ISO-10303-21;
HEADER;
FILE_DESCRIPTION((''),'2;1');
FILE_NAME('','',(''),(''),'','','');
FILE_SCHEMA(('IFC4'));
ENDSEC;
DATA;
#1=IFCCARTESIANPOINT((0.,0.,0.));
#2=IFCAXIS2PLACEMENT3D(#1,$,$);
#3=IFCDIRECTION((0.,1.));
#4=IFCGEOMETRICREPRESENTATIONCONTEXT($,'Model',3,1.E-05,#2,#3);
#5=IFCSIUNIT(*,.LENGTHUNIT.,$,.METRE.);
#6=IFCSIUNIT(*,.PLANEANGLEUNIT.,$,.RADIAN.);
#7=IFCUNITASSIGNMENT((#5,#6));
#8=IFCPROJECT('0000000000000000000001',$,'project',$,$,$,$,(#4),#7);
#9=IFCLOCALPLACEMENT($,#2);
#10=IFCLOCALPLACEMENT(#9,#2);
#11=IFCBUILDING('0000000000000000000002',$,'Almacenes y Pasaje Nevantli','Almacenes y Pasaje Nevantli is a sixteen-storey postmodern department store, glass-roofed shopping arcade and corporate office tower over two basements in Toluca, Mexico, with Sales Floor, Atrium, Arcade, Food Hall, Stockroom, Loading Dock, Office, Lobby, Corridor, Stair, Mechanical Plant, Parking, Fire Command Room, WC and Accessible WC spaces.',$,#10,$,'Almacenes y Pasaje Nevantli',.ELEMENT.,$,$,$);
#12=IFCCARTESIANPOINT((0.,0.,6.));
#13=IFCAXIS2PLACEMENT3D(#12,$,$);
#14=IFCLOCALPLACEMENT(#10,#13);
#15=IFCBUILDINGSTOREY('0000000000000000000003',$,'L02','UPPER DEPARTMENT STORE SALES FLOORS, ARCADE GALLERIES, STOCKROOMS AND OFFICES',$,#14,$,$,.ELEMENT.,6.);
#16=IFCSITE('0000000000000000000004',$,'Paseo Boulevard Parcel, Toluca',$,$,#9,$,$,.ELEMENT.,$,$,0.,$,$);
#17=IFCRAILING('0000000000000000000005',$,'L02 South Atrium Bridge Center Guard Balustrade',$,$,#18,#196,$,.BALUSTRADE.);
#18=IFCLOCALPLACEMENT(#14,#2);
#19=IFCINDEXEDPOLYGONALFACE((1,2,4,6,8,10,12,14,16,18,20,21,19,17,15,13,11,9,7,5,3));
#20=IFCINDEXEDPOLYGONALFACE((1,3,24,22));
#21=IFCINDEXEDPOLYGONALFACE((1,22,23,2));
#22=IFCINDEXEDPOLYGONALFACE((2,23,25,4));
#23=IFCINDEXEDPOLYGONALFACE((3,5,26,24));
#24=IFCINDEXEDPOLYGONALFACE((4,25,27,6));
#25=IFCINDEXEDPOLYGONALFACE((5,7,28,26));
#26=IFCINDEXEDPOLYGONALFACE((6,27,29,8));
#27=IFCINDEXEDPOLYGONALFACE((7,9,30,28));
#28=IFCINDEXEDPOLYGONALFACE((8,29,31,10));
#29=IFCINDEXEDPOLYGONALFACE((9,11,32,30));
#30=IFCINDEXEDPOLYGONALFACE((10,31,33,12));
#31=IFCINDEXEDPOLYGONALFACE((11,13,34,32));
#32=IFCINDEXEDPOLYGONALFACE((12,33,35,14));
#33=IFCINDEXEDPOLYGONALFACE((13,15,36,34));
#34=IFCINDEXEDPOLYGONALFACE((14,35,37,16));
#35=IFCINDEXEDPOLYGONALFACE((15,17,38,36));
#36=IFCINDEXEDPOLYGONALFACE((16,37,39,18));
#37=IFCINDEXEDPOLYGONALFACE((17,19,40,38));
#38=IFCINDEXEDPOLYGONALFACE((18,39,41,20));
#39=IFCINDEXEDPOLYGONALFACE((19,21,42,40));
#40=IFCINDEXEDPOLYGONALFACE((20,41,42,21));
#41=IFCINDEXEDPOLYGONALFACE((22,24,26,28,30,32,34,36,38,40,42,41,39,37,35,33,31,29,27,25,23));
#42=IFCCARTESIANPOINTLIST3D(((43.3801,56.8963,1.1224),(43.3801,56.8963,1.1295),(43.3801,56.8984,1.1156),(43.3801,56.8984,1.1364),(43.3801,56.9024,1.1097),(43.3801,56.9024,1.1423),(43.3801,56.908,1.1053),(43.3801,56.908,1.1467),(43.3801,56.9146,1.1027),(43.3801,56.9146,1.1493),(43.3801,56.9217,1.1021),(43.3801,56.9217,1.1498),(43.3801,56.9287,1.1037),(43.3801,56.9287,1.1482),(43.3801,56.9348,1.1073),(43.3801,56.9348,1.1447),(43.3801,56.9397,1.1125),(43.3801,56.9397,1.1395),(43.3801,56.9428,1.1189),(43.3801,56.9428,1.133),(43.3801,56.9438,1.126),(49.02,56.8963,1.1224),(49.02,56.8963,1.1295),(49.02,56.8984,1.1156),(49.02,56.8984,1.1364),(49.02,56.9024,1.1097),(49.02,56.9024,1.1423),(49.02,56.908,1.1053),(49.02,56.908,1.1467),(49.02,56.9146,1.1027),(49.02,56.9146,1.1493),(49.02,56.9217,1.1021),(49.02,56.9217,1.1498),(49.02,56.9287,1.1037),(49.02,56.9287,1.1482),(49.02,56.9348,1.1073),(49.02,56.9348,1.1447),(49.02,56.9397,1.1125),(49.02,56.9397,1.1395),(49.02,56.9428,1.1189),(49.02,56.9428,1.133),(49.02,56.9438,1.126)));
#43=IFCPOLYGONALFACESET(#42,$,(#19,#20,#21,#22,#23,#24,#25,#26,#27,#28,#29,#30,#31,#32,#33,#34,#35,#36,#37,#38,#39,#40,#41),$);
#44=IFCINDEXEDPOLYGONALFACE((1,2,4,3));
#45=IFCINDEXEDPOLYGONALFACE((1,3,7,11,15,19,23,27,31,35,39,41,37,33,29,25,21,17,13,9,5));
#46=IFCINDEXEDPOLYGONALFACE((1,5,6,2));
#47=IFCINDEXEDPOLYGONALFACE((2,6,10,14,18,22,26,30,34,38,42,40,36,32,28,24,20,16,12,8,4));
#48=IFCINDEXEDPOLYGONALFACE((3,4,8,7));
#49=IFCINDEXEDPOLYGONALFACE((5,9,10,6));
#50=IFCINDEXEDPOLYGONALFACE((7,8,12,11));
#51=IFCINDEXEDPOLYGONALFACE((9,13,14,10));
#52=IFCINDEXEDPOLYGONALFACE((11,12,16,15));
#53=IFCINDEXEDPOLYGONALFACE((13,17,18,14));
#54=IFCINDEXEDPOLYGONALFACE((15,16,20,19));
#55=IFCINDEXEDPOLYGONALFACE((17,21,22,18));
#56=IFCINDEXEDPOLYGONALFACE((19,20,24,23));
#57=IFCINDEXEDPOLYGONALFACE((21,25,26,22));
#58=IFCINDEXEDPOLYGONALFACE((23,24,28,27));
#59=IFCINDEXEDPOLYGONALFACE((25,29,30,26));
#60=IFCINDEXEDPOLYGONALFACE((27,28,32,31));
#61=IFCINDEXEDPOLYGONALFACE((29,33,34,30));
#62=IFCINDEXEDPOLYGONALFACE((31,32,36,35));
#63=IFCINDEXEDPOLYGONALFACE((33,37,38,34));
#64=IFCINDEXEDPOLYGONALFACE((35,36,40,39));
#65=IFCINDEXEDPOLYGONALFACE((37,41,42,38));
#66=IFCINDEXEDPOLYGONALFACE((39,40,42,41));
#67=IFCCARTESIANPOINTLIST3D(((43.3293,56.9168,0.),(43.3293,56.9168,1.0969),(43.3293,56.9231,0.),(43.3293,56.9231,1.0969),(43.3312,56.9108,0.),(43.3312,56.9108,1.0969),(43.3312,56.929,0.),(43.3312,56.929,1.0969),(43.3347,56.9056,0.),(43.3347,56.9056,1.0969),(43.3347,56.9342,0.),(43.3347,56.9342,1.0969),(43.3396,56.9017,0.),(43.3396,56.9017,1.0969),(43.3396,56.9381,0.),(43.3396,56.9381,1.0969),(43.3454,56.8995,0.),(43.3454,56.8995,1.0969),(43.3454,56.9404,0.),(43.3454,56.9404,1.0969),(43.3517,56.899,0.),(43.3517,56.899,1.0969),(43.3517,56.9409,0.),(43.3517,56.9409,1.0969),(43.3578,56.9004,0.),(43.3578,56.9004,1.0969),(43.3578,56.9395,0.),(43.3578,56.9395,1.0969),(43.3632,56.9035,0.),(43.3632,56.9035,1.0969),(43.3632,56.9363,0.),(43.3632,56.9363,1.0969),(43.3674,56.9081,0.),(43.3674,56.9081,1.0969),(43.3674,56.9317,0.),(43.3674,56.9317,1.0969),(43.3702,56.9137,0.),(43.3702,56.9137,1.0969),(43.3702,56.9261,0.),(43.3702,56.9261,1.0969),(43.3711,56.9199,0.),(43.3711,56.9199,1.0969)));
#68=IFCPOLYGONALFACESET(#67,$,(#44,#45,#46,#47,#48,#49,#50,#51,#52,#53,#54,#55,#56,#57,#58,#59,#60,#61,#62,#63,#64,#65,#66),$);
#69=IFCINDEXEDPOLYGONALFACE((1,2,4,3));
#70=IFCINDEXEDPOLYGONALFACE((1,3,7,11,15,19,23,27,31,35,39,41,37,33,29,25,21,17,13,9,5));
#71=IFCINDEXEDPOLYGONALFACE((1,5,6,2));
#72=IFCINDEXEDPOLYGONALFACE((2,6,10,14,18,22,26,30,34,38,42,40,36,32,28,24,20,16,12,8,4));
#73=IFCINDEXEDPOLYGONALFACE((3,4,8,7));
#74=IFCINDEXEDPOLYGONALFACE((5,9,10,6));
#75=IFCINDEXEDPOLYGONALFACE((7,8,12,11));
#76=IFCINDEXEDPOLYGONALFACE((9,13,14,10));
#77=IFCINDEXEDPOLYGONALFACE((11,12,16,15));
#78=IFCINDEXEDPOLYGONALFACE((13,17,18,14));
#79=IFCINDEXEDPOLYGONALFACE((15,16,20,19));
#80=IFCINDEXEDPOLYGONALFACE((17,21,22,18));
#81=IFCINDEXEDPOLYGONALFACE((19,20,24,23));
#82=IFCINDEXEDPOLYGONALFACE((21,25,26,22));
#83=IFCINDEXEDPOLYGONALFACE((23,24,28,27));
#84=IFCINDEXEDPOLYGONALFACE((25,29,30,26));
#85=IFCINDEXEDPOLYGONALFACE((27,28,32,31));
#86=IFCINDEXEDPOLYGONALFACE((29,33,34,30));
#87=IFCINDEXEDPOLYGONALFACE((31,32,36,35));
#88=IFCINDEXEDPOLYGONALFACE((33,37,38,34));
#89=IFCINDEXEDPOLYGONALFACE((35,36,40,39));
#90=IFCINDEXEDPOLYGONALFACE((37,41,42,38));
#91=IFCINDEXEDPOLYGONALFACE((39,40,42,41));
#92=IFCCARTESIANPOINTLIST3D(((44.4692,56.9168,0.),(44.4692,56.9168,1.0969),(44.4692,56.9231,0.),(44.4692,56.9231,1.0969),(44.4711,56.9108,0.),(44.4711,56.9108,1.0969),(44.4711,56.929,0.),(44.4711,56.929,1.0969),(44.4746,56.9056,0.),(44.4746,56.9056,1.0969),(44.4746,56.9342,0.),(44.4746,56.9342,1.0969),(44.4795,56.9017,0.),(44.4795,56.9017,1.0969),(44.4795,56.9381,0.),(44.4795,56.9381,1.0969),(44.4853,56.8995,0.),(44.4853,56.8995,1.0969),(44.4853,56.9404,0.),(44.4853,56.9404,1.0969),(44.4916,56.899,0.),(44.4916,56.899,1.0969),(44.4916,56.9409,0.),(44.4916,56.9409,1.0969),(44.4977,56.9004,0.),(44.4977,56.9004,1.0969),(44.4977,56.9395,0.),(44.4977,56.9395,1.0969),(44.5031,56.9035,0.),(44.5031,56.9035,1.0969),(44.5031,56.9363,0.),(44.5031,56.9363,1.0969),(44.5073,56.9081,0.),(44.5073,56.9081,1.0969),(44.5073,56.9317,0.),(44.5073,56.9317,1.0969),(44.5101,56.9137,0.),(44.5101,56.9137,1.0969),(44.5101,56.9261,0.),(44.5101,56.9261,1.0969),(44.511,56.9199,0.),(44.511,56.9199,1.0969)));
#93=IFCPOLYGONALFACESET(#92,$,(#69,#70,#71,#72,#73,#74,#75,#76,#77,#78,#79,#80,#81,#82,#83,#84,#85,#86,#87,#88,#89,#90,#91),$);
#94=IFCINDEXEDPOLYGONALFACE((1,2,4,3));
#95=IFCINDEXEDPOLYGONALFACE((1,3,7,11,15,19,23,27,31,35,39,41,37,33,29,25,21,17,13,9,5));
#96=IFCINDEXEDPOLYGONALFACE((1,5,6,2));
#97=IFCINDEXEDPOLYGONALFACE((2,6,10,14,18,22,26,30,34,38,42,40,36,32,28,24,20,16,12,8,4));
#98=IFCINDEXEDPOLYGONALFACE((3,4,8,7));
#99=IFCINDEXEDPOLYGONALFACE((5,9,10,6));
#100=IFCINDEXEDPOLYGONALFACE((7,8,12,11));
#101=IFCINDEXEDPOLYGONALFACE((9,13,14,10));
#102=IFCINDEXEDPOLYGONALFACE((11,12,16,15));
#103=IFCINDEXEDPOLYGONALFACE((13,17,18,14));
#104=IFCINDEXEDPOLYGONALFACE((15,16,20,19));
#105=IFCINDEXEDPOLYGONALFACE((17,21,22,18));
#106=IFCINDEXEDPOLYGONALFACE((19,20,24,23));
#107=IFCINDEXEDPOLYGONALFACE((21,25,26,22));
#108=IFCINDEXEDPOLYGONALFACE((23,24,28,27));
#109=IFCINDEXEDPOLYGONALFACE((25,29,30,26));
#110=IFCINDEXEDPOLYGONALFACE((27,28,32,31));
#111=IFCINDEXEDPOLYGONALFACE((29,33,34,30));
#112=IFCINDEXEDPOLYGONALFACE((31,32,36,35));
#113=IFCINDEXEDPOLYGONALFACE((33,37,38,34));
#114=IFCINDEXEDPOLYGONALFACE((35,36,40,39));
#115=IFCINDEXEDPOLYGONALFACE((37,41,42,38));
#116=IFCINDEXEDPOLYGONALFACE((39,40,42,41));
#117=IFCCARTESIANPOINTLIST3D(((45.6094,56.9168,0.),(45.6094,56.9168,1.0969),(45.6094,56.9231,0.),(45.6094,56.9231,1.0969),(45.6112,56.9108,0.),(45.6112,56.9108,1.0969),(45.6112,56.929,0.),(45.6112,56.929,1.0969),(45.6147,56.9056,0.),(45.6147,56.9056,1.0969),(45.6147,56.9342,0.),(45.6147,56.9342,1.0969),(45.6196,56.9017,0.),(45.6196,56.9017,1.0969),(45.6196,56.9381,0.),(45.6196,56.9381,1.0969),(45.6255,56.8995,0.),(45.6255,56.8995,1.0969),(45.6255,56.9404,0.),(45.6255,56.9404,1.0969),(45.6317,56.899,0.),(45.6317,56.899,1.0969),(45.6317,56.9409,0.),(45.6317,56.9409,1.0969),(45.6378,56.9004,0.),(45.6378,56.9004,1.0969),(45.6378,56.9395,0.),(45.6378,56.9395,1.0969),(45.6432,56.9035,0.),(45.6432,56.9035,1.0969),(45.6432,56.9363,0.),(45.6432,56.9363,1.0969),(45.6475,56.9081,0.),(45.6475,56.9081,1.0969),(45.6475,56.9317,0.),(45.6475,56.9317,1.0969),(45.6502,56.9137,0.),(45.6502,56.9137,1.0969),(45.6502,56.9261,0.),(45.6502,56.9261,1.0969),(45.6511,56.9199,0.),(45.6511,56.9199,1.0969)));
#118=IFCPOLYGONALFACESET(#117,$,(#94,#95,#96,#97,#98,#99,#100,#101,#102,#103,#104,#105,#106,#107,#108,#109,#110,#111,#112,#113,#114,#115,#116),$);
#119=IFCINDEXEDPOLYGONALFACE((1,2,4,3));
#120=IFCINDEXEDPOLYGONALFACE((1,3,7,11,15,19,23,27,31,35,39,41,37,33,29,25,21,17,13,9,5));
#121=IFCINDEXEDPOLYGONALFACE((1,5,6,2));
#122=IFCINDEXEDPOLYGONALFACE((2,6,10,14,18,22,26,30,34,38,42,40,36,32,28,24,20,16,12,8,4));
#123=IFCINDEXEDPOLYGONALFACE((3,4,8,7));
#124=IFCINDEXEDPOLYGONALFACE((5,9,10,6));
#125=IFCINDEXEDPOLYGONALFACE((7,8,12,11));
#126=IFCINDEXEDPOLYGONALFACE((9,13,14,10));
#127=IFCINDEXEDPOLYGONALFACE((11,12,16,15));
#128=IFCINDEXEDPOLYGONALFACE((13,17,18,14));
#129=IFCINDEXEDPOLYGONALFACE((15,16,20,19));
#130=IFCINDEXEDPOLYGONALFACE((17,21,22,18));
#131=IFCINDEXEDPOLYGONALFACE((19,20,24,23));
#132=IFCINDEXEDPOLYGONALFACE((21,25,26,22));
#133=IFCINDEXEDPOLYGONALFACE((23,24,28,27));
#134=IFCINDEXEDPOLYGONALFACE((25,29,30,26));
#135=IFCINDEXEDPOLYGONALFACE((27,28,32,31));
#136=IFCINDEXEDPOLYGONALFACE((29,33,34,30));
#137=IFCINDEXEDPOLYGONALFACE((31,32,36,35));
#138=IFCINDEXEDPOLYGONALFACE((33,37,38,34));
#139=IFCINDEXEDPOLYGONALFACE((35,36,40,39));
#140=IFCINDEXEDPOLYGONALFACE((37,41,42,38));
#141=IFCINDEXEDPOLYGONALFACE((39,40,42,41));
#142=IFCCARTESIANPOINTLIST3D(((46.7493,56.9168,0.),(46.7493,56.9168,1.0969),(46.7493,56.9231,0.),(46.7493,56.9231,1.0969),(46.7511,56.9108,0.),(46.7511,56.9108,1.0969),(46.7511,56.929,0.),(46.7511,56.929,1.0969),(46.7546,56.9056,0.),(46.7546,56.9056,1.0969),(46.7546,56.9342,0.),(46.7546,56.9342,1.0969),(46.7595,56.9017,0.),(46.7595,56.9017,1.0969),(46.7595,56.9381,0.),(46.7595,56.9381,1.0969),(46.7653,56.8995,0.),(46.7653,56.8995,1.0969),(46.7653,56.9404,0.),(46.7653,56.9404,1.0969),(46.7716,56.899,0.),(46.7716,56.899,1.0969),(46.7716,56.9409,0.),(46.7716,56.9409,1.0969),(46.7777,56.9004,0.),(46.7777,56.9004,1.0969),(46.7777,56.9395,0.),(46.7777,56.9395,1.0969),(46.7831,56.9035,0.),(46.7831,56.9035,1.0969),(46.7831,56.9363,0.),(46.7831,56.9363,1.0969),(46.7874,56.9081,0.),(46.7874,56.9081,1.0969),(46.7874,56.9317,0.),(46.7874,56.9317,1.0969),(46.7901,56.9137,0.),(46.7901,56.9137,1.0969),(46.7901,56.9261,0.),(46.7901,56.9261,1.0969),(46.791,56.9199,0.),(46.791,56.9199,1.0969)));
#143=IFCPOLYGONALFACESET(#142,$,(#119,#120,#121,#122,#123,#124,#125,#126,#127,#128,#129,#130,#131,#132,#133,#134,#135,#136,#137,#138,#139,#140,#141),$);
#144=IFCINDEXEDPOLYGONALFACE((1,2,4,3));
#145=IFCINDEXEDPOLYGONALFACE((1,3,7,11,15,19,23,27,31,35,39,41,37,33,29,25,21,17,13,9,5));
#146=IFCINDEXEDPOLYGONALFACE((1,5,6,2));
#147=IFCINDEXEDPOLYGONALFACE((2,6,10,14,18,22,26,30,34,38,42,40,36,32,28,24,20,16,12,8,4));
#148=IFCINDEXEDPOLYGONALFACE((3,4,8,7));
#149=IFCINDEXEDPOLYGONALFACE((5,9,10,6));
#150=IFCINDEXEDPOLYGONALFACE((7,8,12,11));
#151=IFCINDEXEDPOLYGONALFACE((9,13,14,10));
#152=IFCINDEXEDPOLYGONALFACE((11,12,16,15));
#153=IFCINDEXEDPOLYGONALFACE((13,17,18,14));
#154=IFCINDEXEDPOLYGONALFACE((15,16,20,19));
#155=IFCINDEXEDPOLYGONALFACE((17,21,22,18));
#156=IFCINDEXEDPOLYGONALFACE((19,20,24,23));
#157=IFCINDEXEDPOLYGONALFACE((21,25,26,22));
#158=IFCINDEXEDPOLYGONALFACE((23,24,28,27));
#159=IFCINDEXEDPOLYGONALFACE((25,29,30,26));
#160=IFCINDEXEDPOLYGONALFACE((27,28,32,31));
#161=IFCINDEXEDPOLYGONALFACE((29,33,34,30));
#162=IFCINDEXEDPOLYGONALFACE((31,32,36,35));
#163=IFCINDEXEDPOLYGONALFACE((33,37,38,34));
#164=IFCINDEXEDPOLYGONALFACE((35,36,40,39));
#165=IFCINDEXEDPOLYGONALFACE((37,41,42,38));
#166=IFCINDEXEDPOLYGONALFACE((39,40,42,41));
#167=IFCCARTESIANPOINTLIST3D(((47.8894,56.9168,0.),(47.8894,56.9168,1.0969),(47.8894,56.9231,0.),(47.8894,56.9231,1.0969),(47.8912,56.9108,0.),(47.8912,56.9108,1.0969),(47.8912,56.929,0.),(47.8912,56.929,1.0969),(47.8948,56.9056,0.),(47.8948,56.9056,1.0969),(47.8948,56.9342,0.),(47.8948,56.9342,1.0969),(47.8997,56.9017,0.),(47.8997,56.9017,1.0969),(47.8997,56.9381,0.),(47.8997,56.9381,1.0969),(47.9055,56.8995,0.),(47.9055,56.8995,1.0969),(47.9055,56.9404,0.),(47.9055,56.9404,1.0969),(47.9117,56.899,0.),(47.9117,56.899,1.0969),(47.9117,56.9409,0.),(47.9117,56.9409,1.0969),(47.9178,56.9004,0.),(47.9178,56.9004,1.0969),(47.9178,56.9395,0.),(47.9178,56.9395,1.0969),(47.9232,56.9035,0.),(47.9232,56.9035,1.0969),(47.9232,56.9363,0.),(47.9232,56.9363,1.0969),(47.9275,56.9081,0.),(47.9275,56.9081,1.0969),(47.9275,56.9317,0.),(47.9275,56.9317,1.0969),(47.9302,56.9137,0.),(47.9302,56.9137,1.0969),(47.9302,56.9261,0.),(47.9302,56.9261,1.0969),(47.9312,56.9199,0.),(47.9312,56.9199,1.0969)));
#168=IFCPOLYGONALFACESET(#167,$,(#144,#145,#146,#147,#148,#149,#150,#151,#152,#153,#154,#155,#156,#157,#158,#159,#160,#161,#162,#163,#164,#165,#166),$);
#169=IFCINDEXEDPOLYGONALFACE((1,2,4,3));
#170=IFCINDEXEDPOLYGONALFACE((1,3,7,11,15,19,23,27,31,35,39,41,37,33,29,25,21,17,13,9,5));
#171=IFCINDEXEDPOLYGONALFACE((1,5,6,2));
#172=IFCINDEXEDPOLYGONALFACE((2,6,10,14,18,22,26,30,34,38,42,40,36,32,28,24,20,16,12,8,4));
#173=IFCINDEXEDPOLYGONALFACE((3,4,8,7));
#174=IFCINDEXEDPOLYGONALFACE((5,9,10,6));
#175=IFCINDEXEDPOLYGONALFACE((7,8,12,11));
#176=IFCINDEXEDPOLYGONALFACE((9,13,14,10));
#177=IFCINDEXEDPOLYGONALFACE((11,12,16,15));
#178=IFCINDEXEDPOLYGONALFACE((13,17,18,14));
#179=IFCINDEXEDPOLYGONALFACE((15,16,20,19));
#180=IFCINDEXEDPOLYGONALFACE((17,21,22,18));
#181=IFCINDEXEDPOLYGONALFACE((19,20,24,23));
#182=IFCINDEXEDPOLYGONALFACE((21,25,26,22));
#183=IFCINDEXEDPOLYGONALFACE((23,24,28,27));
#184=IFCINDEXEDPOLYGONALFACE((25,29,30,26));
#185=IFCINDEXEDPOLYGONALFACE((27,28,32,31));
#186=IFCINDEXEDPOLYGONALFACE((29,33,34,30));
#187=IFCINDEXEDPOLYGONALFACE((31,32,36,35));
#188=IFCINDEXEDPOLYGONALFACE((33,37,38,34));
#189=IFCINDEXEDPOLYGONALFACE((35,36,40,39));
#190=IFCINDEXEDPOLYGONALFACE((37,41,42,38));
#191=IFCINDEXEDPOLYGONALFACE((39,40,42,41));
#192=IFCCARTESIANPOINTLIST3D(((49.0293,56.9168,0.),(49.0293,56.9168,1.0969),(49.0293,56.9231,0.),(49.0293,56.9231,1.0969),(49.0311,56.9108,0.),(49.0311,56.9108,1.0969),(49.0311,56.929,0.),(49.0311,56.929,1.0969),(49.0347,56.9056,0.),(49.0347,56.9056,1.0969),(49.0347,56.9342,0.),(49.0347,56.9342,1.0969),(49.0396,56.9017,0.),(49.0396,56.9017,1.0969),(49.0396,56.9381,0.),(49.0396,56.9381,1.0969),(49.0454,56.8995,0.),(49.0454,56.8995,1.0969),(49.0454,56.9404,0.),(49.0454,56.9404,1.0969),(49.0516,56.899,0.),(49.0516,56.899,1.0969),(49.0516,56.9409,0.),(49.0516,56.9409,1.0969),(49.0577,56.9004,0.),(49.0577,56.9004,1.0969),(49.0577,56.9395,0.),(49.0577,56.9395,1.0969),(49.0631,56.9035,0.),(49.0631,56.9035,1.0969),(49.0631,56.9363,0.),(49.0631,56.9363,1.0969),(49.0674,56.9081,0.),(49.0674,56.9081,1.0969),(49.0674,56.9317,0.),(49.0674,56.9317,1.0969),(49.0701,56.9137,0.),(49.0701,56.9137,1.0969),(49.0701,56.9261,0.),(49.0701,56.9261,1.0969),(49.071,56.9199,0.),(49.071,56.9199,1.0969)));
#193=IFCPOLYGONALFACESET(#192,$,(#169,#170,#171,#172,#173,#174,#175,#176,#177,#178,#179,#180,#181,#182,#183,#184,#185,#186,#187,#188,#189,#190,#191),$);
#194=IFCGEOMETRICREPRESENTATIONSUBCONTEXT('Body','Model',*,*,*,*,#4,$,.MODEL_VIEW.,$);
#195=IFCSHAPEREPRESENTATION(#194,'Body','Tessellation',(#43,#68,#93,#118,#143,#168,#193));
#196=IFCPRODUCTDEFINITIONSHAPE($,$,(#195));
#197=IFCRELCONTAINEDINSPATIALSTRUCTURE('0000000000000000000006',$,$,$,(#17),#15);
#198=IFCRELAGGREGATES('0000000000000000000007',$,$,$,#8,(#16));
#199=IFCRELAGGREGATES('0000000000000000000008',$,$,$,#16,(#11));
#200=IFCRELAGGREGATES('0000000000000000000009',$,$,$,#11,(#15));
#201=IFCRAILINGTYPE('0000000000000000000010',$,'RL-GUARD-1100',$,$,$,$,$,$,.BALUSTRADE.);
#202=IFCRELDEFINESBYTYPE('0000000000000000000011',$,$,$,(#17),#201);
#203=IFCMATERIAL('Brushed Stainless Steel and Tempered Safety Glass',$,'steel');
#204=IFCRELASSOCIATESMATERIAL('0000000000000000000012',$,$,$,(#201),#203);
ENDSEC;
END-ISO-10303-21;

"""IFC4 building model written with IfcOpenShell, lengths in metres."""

from ifc_helpers import new_model, si_unit, direction, frame, origin, origin_2d, place, context, subcontext, project, spatial, circle, extrude, material, type_object, element, save


model = new_model("IFC4")

# Units and contexts
model_context = context("Model", 3, precision=1e-05, world=origin(), true_north=direction((0.0, 1.0)))
body_context = subcontext(model_context, "Body", "Model", "MODEL_VIEW")
ifc_project = project(units=[si_unit("LENGTHUNIT", "METRE"), si_unit("PLANEANGLEUNIT", "RADIAN")], contexts=[model_context])

# Site, building, storey
site_placement = place(None, origin())
site = spatial("IfcSite", under=ifc_project, at=site_placement, Name="Paseo Boulevard Parcel, Toluca", CompositionType="ELEMENT", RefElevation=0.0)
building_placement = place(site_placement, origin())
building = spatial("IfcBuilding", under=site, at=building_placement, Name="Almacenes y Pasaje Nevantli", Description="Almacenes y Pasaje Nevantli is a sixteen-storey postmodern department store, glass-roofed shopping arcade and corporate office tower over two basements in Toluca, Mexico, with Sales Floor, Atrium, Arcade, Food Hall, Stockroom, Loading Dock, Office, Lobby, Corridor, Stair, Mechanical Plant, Parking, Fire Command Room, WC and Accessible WC spaces.", LongName="Almacenes y Pasaje Nevantli", CompositionType="ELEMENT")
storey_placement = place(building_placement, frame((0.0, 0.0, 6.0)))
storey = spatial("IfcBuildingStorey", under=building, at=storey_placement, Name="L02", Description="UPPER DEPARTMENT STORE SALES FLOORS, ARCADE GALLERIES, STOCKROOMS AND OFFICES", CompositionType="ELEMENT", Elevation=6.0)

# Railing
ifc_material_1 = material(Name="Brushed Stainless Steel and Tempered Safety Glass", Category="steel")
railing_type = type_object("IfcRailingType", Name="RL-GUARD-1100", PredefinedType="BALUSTRADE", material=ifc_material_1)
railing_1_placement = place(storey_placement, frame((43.3501, 56.9199, 0.0)))
element("IfcRailing", 1, at=railing_1_placement, inside=storey, type_object=railing_type, Name="L02 South Atrium Bridge Center Guard Balustrade", PredefinedType="BALUSTRADE", context=body_context, shape_type="SweptSolid", body=[
    extrude(circle(Radius=0.0239, at=origin_2d()), frame((0.03, 0.0, 1.126), z_axis=(1.0, 0.0, 0.0), x_axis=(0.0, 1.0, 0.0)), (0.0, 0.0, 1.0), 5.6399),
    extrude(circle(Radius=0.021, at=origin_2d()), origin(), (0.0, 0.0, 1.0), 1.0969),
    extrude(circle(Radius=0.021, at=origin_2d()), frame((1.1399, 0.0, 0.0)), (0.0, 0.0, 1.0), 1.0969),
    extrude(circle(Radius=0.021, at=origin_2d()), frame((2.28, 0.0, 0.0)), (0.0, 0.0, 1.0), 1.0969),
    extrude(circle(Radius=0.021, at=origin_2d()), frame((3.4199, 0.0, 0.0)), (0.0, 0.0, 1.0), 1.0969),
    extrude(circle(Radius=0.021, at=origin_2d()), frame((4.5601, 0.0, 0.0)), (0.0, 0.0, 1.0), 1.0969),
    extrude(circle(Radius=0.021, at=origin_2d()), frame((5.7, 0.0, 0.0)), (0.0, 0.0, 1.0), 1.0969),
])

save(model, "model.ifc")
